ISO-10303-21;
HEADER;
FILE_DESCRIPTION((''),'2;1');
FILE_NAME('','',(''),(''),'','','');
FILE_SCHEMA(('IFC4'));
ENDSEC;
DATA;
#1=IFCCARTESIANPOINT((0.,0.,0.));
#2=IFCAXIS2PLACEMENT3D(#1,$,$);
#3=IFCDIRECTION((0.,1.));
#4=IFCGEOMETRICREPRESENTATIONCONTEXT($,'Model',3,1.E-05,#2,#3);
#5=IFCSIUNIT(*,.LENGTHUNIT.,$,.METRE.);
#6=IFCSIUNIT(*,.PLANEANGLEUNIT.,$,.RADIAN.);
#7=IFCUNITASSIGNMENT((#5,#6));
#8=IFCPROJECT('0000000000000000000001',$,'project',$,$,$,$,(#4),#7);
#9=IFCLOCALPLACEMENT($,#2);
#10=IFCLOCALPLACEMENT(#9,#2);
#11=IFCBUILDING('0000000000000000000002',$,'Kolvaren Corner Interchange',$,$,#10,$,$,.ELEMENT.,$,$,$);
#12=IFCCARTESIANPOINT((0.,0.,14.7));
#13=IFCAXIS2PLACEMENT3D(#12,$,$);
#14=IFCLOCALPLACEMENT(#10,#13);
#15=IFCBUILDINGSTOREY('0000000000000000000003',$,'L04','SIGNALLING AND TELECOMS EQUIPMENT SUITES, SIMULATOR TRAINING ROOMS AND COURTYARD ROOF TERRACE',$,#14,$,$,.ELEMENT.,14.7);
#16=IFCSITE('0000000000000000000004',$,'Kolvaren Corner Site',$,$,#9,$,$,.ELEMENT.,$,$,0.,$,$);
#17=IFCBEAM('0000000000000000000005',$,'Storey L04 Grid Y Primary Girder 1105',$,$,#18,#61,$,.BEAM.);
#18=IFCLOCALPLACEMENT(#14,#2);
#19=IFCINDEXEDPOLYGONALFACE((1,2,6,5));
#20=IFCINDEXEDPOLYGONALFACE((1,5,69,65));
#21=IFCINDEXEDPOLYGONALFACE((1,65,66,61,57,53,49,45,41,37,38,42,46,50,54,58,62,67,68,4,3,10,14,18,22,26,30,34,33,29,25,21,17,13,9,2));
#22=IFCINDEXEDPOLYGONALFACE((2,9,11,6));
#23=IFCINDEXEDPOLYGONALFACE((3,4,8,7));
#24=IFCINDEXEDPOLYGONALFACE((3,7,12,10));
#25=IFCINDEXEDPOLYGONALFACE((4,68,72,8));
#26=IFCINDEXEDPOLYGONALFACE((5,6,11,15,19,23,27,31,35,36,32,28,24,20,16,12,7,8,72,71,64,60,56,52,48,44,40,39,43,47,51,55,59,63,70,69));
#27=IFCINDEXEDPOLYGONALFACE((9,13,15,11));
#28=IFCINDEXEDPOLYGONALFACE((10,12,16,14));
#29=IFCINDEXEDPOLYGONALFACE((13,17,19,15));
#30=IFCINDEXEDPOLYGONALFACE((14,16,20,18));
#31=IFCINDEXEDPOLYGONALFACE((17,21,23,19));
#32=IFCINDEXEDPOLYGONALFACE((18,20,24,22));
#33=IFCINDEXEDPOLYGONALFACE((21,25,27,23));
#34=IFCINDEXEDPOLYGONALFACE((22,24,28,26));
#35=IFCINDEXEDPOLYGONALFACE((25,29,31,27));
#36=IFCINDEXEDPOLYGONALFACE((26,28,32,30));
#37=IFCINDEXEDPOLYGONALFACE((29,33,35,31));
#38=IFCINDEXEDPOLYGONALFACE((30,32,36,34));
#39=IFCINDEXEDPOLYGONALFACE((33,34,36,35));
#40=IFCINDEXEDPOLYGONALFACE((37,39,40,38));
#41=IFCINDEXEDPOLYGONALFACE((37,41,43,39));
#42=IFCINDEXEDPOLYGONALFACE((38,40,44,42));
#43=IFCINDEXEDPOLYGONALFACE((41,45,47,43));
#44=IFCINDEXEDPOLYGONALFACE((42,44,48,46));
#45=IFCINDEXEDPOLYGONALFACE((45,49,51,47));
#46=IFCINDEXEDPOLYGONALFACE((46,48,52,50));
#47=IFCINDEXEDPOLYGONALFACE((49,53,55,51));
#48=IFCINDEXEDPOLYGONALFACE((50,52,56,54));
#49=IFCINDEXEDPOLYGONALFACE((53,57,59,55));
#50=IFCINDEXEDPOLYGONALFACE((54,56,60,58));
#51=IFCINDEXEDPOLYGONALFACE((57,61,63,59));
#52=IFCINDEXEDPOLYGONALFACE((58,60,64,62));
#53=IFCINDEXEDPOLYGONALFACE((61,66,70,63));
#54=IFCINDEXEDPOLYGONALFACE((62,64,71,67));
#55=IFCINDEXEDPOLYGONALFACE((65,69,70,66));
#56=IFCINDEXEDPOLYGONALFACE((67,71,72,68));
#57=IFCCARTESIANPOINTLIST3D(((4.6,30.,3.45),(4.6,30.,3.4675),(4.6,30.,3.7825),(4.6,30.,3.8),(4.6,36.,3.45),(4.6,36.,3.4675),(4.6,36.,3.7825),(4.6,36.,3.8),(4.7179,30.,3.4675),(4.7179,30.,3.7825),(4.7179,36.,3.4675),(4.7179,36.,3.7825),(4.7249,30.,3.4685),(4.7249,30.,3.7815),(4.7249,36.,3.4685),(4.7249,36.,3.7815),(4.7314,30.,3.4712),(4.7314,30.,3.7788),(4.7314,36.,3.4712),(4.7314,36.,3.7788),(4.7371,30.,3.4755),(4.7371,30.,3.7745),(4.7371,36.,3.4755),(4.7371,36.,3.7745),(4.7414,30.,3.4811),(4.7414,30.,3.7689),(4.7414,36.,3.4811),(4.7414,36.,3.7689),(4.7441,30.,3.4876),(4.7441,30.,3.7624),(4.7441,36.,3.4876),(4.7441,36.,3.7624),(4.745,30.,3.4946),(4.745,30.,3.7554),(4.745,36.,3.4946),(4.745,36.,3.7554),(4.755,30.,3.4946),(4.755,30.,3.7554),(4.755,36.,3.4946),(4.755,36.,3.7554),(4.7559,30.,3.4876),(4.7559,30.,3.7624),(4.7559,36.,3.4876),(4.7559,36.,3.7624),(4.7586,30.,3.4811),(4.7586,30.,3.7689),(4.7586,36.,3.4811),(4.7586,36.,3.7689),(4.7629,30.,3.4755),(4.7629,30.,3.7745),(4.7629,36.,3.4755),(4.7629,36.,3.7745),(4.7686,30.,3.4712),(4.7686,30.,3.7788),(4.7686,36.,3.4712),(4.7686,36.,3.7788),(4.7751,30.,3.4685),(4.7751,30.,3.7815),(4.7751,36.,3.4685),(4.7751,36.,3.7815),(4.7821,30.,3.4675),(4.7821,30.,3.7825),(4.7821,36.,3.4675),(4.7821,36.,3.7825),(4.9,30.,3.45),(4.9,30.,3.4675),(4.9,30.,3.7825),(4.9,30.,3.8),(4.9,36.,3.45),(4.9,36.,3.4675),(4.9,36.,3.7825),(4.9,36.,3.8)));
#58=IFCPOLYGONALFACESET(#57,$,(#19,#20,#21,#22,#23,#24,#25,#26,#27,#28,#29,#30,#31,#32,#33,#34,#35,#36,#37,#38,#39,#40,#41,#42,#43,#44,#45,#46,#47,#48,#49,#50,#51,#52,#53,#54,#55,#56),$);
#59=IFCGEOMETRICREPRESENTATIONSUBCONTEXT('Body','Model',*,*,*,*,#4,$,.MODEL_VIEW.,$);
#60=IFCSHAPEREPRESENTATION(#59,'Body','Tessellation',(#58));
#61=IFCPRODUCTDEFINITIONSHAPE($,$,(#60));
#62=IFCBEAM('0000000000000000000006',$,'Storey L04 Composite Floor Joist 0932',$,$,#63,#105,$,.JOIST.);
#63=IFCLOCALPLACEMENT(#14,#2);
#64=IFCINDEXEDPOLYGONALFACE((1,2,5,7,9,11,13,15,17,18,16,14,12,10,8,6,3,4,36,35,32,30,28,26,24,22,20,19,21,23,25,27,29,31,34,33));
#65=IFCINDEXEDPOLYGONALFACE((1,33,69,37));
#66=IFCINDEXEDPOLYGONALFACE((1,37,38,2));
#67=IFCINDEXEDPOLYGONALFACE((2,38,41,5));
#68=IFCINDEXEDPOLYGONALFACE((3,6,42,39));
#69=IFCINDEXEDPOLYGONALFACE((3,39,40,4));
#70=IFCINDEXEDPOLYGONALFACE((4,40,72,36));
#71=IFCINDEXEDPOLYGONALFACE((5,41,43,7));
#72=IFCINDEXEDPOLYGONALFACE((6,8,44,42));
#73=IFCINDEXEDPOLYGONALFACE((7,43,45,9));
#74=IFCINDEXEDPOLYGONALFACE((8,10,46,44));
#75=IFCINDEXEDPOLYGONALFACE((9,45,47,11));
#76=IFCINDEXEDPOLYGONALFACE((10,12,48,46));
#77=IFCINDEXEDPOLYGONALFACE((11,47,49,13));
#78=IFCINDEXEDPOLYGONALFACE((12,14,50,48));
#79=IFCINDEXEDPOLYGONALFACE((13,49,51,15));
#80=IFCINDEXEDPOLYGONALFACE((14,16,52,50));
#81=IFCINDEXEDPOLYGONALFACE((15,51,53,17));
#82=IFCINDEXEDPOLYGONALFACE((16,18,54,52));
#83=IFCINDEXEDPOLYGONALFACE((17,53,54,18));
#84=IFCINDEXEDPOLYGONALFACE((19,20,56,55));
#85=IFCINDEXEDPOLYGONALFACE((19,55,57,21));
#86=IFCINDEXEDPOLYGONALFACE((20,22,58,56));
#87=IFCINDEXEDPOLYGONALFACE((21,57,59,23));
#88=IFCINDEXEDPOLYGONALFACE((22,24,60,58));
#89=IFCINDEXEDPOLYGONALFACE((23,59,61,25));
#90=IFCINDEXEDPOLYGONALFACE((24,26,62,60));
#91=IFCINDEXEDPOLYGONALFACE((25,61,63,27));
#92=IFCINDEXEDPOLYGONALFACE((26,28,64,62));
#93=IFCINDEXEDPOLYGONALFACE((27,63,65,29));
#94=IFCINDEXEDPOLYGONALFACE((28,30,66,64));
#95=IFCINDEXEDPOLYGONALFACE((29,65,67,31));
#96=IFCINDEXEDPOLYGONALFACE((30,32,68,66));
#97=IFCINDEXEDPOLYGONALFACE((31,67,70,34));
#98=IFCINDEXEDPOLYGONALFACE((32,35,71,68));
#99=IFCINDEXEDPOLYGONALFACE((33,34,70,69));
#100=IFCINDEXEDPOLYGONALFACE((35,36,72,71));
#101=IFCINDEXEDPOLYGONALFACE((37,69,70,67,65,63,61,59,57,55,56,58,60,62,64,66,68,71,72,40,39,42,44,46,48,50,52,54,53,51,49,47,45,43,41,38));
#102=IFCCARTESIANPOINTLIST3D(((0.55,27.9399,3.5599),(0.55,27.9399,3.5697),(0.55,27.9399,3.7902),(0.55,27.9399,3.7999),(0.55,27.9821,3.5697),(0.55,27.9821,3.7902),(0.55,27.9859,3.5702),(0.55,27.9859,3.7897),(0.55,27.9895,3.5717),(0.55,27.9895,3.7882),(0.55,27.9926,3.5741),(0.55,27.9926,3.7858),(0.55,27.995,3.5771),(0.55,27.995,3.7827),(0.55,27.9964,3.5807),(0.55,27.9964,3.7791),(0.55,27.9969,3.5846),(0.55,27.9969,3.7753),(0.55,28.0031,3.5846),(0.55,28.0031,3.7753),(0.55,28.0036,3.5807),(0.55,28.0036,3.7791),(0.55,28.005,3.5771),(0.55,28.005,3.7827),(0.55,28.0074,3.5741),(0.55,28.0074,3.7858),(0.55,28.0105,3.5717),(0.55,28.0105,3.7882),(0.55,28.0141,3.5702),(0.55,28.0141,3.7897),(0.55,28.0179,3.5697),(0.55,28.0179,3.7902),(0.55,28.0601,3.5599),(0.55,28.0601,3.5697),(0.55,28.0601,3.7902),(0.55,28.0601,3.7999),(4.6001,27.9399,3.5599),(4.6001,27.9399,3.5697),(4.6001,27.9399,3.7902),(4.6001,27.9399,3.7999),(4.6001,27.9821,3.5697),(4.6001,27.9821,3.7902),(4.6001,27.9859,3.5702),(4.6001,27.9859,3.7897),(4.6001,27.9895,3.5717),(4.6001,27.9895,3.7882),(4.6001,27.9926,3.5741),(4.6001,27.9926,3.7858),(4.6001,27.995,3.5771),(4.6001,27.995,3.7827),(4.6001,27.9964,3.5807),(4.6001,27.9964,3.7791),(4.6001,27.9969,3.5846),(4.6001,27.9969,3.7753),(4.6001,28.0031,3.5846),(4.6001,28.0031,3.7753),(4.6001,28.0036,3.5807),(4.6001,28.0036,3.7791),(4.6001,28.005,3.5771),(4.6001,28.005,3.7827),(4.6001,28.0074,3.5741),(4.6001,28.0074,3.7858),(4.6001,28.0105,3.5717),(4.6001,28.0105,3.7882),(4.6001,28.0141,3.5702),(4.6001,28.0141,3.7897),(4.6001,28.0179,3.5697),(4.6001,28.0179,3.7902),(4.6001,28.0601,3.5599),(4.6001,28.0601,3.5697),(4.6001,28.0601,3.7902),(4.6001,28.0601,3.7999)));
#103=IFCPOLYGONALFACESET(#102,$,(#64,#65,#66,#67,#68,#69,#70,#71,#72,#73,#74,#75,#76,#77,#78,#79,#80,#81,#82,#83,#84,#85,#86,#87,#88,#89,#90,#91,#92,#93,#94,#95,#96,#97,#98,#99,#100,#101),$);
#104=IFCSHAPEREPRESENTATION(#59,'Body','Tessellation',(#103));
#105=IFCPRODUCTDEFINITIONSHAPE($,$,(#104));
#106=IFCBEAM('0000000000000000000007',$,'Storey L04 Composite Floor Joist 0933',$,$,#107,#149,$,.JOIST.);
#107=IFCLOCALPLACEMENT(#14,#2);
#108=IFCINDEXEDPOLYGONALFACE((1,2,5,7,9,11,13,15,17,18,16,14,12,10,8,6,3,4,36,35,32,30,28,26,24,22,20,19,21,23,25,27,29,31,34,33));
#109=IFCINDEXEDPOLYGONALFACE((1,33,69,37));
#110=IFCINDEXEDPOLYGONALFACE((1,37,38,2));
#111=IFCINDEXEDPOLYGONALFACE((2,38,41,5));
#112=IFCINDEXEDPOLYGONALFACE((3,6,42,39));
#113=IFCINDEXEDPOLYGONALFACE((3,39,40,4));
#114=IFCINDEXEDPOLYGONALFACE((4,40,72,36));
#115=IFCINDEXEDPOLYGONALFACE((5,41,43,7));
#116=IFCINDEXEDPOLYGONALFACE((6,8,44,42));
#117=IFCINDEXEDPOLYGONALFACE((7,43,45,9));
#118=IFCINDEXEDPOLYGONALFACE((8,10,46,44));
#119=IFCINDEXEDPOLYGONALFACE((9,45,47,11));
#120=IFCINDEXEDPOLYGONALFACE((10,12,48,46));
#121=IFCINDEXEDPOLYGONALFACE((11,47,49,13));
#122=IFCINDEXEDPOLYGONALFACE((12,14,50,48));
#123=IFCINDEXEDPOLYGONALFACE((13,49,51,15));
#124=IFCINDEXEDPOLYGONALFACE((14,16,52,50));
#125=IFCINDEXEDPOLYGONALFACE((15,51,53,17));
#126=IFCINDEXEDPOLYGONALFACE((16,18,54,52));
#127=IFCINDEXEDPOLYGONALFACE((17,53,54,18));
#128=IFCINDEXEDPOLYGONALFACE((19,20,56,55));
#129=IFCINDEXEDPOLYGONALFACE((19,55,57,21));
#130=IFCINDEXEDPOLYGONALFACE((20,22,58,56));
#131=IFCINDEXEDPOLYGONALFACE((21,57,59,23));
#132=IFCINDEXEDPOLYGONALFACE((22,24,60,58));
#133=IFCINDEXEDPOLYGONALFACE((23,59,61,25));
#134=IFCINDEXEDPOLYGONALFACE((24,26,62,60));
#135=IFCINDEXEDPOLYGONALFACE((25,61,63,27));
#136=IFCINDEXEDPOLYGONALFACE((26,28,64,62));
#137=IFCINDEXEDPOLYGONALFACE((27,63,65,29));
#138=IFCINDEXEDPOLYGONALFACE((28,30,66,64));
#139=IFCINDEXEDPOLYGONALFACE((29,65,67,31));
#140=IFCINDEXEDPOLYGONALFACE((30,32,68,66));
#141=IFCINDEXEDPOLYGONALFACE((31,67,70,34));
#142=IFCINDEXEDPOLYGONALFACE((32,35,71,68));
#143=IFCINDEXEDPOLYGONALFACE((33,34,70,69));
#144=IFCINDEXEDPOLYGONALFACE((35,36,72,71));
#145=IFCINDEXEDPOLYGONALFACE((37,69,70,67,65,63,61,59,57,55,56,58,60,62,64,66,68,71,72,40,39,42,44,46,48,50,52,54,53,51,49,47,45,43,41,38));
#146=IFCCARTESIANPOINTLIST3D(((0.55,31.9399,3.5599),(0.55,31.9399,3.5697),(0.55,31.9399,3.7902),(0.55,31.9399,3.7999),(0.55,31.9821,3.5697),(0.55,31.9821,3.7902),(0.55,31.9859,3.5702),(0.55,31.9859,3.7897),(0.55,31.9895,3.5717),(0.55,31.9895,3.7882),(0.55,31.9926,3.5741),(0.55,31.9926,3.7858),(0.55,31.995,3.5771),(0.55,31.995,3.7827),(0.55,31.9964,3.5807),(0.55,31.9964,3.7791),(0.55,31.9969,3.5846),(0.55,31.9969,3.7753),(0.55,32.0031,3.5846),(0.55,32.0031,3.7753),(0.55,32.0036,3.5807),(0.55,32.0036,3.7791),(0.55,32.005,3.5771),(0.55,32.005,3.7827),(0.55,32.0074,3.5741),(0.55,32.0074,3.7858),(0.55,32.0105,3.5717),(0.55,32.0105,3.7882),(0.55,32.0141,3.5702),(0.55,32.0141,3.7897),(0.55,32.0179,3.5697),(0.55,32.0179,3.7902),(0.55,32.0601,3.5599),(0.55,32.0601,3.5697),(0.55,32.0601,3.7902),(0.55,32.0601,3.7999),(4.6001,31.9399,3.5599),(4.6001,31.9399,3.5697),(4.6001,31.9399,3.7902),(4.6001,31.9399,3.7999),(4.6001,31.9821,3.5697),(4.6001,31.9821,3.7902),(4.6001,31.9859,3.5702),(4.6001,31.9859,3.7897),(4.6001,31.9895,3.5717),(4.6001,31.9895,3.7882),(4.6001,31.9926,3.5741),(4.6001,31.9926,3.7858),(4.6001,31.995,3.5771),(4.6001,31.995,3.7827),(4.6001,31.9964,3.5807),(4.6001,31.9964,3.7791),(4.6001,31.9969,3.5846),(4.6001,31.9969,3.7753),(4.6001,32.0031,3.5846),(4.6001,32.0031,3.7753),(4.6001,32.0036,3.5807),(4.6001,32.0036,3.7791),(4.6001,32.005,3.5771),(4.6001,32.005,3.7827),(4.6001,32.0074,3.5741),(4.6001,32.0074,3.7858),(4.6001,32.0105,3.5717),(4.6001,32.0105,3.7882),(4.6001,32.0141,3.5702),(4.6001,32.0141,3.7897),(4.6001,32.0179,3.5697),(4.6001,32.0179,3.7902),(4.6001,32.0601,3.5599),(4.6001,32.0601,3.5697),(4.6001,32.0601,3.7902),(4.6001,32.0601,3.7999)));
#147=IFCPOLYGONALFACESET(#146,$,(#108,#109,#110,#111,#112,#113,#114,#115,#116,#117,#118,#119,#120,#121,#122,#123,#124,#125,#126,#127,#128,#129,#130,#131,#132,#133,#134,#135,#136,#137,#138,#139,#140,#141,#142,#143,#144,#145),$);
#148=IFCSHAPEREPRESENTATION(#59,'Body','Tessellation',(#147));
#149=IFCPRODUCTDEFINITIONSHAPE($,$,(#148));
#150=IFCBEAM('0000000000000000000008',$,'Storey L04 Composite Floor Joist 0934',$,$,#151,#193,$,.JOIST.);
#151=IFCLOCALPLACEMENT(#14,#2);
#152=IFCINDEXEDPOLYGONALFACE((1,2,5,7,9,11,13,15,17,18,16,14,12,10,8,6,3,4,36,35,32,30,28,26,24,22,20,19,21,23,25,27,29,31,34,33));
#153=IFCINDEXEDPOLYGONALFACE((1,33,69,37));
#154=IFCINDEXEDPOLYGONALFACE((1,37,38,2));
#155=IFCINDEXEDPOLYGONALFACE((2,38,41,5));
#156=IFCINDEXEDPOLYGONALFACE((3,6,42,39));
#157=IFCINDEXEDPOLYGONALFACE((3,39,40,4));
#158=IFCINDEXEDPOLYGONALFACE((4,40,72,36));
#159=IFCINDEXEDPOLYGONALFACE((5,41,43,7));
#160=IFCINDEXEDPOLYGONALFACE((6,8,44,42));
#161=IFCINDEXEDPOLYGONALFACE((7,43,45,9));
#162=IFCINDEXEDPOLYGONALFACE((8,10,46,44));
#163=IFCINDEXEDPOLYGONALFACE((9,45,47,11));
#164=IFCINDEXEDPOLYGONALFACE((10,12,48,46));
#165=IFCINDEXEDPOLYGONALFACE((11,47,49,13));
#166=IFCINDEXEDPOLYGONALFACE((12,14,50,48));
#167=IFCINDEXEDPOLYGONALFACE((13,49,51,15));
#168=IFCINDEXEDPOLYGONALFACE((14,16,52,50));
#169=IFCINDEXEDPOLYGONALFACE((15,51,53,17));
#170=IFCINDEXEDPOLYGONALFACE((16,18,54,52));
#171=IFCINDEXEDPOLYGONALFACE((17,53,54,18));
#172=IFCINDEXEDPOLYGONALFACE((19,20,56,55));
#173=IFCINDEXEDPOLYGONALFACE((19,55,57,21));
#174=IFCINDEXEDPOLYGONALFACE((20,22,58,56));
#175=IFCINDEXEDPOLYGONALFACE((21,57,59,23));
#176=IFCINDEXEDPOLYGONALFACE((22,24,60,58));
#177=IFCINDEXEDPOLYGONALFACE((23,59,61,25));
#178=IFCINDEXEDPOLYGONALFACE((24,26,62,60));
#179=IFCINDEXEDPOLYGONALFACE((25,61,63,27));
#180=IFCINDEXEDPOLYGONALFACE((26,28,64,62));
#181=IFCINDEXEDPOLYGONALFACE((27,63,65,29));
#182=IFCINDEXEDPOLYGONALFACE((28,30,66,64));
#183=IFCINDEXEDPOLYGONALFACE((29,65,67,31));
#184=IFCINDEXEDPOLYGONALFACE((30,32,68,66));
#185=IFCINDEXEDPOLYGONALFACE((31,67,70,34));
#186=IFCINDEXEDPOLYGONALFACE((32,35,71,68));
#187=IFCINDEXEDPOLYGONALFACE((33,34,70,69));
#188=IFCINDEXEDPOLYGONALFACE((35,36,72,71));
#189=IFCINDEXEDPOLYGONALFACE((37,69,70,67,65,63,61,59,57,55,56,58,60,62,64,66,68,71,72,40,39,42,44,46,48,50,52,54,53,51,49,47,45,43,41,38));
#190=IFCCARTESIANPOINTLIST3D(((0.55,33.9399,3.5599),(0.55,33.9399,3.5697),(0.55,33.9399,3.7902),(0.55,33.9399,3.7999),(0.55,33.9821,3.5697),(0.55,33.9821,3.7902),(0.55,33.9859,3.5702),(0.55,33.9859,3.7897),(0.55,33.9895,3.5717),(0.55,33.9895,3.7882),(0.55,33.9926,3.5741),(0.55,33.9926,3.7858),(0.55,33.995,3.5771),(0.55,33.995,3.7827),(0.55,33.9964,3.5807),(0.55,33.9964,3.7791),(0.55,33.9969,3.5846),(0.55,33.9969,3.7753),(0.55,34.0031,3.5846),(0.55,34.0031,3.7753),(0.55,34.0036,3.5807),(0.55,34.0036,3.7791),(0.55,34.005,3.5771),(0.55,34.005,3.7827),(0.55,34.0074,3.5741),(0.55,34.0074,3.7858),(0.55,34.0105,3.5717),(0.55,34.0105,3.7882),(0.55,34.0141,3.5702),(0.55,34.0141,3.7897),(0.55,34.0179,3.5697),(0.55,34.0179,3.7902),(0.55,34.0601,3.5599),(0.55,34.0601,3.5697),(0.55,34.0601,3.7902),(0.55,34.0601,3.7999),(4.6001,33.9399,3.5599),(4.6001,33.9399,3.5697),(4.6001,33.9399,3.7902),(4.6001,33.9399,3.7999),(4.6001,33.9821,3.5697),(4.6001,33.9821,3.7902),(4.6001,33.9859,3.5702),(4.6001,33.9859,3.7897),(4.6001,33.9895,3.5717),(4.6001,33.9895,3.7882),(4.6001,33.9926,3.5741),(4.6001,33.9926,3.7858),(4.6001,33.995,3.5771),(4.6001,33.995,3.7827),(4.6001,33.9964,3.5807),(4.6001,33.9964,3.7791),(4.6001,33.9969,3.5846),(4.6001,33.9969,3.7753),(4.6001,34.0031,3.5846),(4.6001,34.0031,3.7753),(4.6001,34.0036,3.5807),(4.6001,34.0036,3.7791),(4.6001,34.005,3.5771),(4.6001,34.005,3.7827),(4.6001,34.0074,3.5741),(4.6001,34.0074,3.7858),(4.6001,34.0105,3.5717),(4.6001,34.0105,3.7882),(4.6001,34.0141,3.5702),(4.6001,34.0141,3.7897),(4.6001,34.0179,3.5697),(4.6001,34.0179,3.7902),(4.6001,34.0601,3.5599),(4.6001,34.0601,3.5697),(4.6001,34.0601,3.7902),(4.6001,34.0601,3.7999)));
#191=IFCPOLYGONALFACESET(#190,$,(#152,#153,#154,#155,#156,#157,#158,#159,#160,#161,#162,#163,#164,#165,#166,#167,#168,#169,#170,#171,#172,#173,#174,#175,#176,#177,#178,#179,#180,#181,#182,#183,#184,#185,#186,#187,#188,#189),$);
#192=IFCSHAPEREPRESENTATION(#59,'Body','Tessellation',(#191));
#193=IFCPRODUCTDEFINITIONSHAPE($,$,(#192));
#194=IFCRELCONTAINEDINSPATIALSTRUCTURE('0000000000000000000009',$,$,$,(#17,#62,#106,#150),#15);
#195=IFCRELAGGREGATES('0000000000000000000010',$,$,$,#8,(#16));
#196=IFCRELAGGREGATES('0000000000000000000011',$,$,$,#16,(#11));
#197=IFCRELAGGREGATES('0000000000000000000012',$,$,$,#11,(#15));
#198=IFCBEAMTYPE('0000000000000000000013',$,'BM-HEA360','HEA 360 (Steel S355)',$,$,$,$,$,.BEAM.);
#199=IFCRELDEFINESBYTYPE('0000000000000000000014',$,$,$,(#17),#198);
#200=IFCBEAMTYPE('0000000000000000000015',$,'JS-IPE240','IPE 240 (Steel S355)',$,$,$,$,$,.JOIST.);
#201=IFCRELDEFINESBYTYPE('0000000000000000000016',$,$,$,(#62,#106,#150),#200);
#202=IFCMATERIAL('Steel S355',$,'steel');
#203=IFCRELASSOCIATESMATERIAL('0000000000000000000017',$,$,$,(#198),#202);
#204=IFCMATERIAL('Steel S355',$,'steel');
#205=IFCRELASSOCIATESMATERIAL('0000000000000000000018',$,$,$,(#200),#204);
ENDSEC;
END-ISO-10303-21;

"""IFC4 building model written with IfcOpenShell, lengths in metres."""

from ifc_helpers import new_model, si_unit, direction, frame, origin, origin_2d, place, context, subcontext, project, spatial, i_section, extrude, material, material_profile, profile_set, type_object, element, save


model = new_model("IFC4")

# Units and contexts
model_context = context("Model", 3, precision=1e-05, world=origin(), true_north=direction((0.0, 1.0)))
body_context = subcontext(model_context, "Body", "Model", "MODEL_VIEW")
ifc_project = project(units=[si_unit("LENGTHUNIT", "METRE"), si_unit("PLANEANGLEUNIT", "RADIAN")], contexts=[model_context])

# Site, building, storey
site_placement = place(None, origin())
site = spatial("IfcSite", under=ifc_project, at=site_placement, Name="Kolvaren Corner Site", CompositionType="ELEMENT", RefElevation=0.0)
building_placement = place(site_placement, origin())
building = spatial("IfcBuilding", under=site, at=building_placement, Name="Kolvaren Corner Interchange", CompositionType="ELEMENT")
storey_placement = place(building_placement, frame((0.0, 0.0, 14.7)))
storey = spatial("IfcBuildingStorey", under=building, at=storey_placement, Name="L04", Description="SIGNALLING AND TELECOMS EQUIPMENT SUITES, SIMULATOR TRAINING ROOMS AND COURTYARD ROOF TERRACE", CompositionType="ELEMENT", Elevation=14.7)

# Beams
ifc_material_1 = material(Name="Steel S355", Category="steel")
ifc_material_profile_1 = material_profile(ifc_material_1, i_section(OverallWidth=0.3, OverallDepth=0.3501, WebThickness=0.01, FlangeThickness=0.0176, FilletRadius=0.0271, at=origin_2d()), Name="HEA 360")
ifc_profile_set_1 = profile_set([ifc_material_profile_1], Name="Steel S355")
beam_type_1 = type_object("IfcBeamType", Name="BM-HEA360", Description="HEA 360 (Steel S355)", PredefinedType="BEAM", material=ifc_profile_set_1)
for number, where, z_axis, x_axis, name in (
    (1, (4.75, 30.0, 3.625), (0.0, 1.0, 0.0), (-1.0, 0.0, 0.0), "Storey L04 Grid Y Primary Girder 1105"),
):
    element("IfcBeam", number, at=place(storey_placement, frame(where, z_axis=z_axis, x_axis=x_axis)), inside=storey, type_object=beam_type_1, Name=name, PredefinedType="BEAM", context=body_context, shape_type="SweptSolid", body=[
        extrude(i_section(OverallWidth=0.3, OverallDepth=0.3501, WebThickness=0.01, FlangeThickness=0.0176, FilletRadius=0.0271, at=origin_2d()), origin(), (0.0, 0.0, 1.0), 6.0),
    ])
ifc_material_2 = material(Name="Steel S355", Category="steel")
ifc_material_profile_2 = material_profile(ifc_material_2, i_section(OverallWidth=0.1201, OverallDepth=0.24, WebThickness=0.0061, FlangeThickness=0.0098, FilletRadius=0.0149, at=origin_2d()), Name="IPE 240")
ifc_profile_set_2 = profile_set([ifc_material_profile_2], Name="Steel S355")
beam_type_2 = type_object("IfcBeamType", Name="JS-IPE240", Description="IPE 240 (Steel S355)", PredefinedType="JOIST", material=ifc_profile_set_2)
for number, where, z_axis, x_axis, name in (
    (2, (0.55, 28.0, 3.6799), (1.0, 0.0, 0.0), (0.0, 1.0, 0.0), "Storey L04 Composite Floor Joist 0932"),
    (3, (0.55, 32.0, 3.6799), (1.0, 0.0, 0.0), (0.0, 1.0, 0.0), "Storey L04 Composite Floor Joist 0933"),
    (4, (0.55, 34.0, 3.6799), (1.0, 0.0, 0.0), (0.0, 1.0, 0.0), "Storey L04 Composite Floor Joist 0934"),
):
    element("IfcBeam", number, at=place(storey_placement, frame(where, z_axis=z_axis, x_axis=x_axis)), inside=storey, type_object=beam_type_2, Name=name, PredefinedType="JOIST", context=body_context, shape_type="SweptSolid", body=[
        extrude(i_section(OverallWidth=0.1201, OverallDepth=0.24, WebThickness=0.0061, FlangeThickness=0.0098, FilletRadius=0.0149, at=origin_2d()), origin(), (0.0, 0.0, 1.0), 4.05),
    ])

save(model, "model.ifc")
